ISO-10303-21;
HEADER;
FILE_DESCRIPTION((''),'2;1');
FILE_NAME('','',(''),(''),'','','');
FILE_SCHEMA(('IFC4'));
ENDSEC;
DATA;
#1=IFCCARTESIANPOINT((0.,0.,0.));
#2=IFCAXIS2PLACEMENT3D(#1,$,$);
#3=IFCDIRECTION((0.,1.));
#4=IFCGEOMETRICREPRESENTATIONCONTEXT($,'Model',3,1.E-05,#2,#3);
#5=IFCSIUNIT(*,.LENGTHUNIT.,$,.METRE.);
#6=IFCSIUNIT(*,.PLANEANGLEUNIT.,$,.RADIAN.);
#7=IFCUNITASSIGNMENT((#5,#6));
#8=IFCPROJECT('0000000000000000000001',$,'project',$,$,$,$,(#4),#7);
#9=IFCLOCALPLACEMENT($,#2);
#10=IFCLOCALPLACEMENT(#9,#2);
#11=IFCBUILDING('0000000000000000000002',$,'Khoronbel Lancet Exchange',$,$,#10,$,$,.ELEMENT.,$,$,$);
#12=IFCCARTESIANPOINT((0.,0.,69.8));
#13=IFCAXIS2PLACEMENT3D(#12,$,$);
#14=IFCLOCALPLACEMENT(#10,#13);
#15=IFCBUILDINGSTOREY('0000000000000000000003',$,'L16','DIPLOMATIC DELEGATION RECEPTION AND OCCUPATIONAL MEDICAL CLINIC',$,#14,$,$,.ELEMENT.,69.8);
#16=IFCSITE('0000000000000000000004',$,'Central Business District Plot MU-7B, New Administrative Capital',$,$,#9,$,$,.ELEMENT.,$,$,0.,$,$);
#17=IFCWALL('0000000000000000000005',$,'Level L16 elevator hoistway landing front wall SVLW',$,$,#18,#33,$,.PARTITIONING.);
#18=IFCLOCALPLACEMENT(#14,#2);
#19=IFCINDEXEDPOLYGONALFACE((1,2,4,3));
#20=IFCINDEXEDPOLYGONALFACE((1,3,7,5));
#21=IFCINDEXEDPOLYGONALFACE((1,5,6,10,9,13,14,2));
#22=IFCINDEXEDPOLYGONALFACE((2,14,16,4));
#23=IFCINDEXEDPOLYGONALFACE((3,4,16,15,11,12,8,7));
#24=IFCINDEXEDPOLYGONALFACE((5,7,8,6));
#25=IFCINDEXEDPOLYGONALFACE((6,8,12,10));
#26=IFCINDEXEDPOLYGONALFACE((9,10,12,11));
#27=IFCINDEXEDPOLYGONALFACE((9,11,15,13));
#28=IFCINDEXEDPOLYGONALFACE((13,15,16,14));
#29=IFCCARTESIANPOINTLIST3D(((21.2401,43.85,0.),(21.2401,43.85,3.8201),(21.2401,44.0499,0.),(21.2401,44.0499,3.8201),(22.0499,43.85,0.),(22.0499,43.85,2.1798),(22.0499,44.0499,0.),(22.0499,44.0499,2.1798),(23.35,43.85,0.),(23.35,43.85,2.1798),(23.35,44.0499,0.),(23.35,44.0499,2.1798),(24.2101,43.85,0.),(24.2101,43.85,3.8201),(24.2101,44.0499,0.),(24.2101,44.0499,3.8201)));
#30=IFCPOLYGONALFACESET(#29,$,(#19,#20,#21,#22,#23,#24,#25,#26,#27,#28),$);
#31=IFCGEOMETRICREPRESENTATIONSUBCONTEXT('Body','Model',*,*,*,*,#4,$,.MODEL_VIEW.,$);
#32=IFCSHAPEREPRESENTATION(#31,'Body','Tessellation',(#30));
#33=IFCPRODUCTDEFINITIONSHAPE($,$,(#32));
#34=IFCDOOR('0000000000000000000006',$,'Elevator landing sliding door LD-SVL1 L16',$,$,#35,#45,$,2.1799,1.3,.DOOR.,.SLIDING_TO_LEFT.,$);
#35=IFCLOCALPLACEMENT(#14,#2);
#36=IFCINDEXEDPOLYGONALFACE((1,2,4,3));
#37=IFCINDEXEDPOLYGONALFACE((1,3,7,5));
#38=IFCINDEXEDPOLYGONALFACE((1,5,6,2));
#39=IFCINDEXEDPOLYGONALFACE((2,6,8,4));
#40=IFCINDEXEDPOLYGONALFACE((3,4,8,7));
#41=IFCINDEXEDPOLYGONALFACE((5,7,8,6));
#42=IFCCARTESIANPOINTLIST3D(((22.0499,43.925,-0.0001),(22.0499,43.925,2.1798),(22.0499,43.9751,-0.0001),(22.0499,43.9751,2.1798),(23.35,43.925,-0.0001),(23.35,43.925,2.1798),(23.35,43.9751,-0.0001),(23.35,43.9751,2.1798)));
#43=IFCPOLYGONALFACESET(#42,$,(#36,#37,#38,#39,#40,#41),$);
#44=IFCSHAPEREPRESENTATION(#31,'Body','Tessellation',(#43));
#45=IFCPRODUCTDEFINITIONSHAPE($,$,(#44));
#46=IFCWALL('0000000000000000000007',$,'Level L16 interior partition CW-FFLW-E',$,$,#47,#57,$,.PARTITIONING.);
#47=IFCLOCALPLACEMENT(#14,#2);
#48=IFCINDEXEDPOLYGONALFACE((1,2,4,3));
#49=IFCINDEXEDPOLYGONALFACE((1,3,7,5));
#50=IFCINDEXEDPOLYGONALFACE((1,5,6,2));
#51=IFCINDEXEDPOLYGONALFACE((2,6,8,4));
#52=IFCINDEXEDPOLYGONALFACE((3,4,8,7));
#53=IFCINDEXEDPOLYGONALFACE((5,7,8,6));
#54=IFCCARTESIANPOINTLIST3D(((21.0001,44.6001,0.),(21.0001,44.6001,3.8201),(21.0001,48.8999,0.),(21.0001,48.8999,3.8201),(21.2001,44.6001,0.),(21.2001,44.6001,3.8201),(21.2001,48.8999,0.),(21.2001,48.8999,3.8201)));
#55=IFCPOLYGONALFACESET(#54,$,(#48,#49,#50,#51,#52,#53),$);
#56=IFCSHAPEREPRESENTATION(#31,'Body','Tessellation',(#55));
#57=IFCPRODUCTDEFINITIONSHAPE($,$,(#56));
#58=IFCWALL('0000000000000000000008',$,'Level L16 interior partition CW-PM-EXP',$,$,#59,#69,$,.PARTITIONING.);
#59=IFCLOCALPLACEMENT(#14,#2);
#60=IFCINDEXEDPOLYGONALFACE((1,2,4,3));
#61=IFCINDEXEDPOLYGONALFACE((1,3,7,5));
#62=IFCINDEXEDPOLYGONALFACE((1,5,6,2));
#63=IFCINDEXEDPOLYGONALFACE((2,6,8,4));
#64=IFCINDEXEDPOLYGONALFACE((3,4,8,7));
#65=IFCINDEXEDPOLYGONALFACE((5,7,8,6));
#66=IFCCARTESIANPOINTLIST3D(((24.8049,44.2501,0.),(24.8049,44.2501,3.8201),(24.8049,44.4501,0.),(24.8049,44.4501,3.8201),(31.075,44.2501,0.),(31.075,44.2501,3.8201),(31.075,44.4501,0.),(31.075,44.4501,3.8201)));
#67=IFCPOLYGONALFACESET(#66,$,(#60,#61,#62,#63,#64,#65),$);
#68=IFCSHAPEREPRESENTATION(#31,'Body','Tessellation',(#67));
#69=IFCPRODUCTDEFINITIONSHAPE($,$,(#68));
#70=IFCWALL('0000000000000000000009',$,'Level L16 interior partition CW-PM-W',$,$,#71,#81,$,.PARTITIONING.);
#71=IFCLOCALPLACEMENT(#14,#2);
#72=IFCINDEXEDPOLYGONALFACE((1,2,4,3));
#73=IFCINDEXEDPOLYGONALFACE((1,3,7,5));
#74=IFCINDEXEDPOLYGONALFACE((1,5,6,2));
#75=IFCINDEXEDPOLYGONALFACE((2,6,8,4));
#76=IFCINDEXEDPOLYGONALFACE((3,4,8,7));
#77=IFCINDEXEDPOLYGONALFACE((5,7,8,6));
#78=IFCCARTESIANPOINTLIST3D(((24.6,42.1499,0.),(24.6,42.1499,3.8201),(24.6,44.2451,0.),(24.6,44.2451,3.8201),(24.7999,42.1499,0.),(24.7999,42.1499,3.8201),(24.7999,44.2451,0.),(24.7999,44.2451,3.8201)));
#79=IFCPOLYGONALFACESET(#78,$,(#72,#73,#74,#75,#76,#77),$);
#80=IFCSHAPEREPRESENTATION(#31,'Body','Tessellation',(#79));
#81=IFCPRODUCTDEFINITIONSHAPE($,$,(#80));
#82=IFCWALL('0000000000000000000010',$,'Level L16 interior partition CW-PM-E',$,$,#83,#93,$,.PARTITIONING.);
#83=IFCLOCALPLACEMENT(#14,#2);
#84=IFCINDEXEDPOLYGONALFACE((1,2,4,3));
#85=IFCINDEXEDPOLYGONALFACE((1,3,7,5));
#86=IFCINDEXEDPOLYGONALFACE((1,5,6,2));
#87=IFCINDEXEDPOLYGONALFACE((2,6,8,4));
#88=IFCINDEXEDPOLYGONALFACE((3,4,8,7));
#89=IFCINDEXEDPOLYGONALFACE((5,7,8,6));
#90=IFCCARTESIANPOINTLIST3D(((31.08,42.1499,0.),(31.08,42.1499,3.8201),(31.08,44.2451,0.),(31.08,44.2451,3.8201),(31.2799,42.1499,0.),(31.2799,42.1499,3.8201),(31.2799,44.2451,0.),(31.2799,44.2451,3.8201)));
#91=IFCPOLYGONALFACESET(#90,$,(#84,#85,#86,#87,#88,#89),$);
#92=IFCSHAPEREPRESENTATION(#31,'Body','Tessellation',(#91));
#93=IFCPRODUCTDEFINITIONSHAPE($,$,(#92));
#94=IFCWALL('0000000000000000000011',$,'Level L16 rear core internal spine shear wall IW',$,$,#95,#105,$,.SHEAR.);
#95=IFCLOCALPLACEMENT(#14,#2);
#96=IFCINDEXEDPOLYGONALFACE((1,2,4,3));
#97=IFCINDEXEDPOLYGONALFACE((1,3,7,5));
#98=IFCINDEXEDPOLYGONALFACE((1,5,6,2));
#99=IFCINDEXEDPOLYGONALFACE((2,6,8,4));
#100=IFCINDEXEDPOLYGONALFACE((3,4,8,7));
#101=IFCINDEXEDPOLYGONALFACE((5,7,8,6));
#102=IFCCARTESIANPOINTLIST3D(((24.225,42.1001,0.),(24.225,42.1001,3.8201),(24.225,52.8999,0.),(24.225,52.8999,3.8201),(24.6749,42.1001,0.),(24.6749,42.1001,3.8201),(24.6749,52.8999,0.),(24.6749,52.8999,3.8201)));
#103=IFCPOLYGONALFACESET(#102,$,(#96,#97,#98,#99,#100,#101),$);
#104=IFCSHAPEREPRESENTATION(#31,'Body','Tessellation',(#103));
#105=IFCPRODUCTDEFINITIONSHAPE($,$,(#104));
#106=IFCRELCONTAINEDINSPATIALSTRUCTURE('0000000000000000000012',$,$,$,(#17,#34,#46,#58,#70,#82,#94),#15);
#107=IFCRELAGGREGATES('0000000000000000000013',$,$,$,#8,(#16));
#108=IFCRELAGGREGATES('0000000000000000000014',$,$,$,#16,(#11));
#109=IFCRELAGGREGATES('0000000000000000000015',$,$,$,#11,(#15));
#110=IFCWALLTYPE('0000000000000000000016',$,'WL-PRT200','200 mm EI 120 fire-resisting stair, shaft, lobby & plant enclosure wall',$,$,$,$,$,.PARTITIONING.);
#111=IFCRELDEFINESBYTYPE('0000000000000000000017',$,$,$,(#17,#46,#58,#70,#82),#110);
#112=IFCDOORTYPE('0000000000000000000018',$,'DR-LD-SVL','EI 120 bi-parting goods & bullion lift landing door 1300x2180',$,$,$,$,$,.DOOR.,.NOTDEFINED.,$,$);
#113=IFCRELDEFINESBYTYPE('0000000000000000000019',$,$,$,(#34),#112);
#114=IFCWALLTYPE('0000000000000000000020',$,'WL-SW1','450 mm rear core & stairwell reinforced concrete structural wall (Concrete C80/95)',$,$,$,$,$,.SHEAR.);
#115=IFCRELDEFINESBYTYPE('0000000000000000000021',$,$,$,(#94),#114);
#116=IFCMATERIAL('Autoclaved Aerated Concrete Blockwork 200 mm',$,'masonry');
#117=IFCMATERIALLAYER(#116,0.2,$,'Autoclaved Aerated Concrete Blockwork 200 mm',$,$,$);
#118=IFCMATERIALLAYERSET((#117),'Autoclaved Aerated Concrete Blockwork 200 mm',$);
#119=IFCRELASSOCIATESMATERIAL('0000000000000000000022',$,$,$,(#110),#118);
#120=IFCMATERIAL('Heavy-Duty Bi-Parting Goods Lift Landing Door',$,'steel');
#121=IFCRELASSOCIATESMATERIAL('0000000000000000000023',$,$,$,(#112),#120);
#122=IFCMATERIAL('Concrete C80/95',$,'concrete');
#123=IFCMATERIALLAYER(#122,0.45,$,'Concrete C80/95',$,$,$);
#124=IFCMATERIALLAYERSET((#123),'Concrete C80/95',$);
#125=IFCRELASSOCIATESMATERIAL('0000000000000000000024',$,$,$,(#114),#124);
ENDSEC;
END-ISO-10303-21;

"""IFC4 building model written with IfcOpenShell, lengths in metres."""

from ifc_helpers import new_model, si_unit, direction, frame, frame_2d, origin, place, context, subcontext, project, spatial, rectangle, extrude, material, layer, layer_set, type_object, element, fill, save


model = new_model("IFC4")

# Units and contexts
model_context = context("Model", 3, precision=1e-05, world=origin(), true_north=direction((0.0, 1.0)))
body_context = subcontext(model_context, "Body", "Model", "MODEL_VIEW")
ifc_project = project(units=[si_unit("LENGTHUNIT", "METRE"), si_unit("PLANEANGLEUNIT", "RADIAN")], contexts=[model_context])

# Site, building, storey
site_placement = place(None, origin())
site = spatial("IfcSite", under=ifc_project, at=site_placement, Name="Central Business District Plot MU-7B, New Administrative Capital", CompositionType="ELEMENT", RefElevation=0.0)
building_placement = place(site_placement, origin())
building = spatial("IfcBuilding", under=site, at=building_placement, Name="Khoronbel Lancet Exchange", CompositionType="ELEMENT")
storey_placement = place(building_placement, frame((0.0, 0.0, 69.8)))
storey = spatial("IfcBuildingStorey", under=building, at=storey_placement, Name="L16", Description="DIPLOMATIC DELEGATION RECEPTION AND OCCUPATIONAL MEDICAL CLINIC", CompositionType="ELEMENT", Elevation=69.8)

# Shared definitions
ifc_material_1 = material(Name="Concrete C80/95", Category="concrete")

# Wall, opening, door
ifc_material_2 = material(Name="Autoclaved Aerated Concrete Blockwork 200 mm", Category="masonry")
ifc_layer_1 = layer(ifc_material_2, 0.2, Name="Autoclaved Aerated Concrete Blockwork 200 mm")
ifc_layer_set_1 = layer_set([ifc_layer_1], Name="Autoclaved Aerated Concrete Blockwork 200 mm")
wall_type_1 = type_object("IfcWallType", Name="WL-PRT200", Description="200 mm EI 120 fire-resisting stair, shaft, lobby & plant enclosure wall", PredefinedType="PARTITIONING", material=ifc_layer_set_1)
wall_1_placement = place(storey_placement, frame((24.21, 43.95, 0.0), z_axis=(0.0, 0.0, 1.0), x_axis=(-1.0, 0.0, 0.0)))
wall_1 = element("IfcWall", 1, at=wall_1_placement, inside=storey, type_object=wall_type_1, Name="Level L16 elevator hoistway landing front wall SVLW", PredefinedType="PARTITIONING", context=body_context, shape_type="SweptSolid", body=[
    extrude(rectangle(XDim=2.97, YDim=0.2, at=frame_2d((1.4849, 0.0))), origin(), (0.0, 0.0, 1.0), 3.8201),
])
opening_1_placement = place(wall_1_placement, frame((0.8601, 0.0, 0.0)))
opening_1 = element("IfcOpeningElement", 2, at=opening_1_placement, cuts=wall_1, PredefinedType="OPENING", context=body_context, shape_type="SweptSolid", body=[
    extrude(rectangle(XDim=1.3, YDim=2.1799, at=frame_2d((0.6499, 1.0898))), frame((0.0, 0.1099, 0.0), z_axis=(0.0, -1.0, 0.0), x_axis=(1.0, 0.0, 0.0)), (0.0, 0.0, 1.0), 0.22),
])
ifc_material_3 = material(Name="Heavy-Duty Bi-Parting Goods Lift Landing Door", Category="steel")
door_type_1 = type_object("IfcDoorType", Name="DR-LD-SVL", Description="EI 120 bi-parting goods & bullion lift landing door 1300x2180", OperationType="NOTDEFINED", PredefinedType="DOOR", material=ifc_material_3)
door_1_placement = place(opening_1_placement, origin())
door_1 = element("IfcDoor", 3, at=door_1_placement, inside=storey, type_object=door_type_1, Name="Elevator landing sliding door LD-SVL1 L16", OperationType="SLIDING_TO_LEFT", OverallHeight=2.1799, OverallWidth=1.3, PredefinedType="DOOR", context=body_context, shape_type="SweptSolid", body=[
    extrude(rectangle(XDim=1.3, YDim=2.1799, at=frame_2d((0.6499, 1.0898))), frame((0.0, 0.0249, 0.0), z_axis=(0.0, -1.0, 0.0), x_axis=(1.0, 0.0, 0.0)), (0.0, 0.0, 1.0), 0.05),
])
fill(opening_1, door_1)

# Wall
wall_2_placement = place(storey_placement, frame((21.1001, 44.6001, 0.0), z_axis=(0.0, 0.0, 1.0), x_axis=(0.0, 1.0, 0.0)))
element("IfcWall", 4, at=wall_2_placement, inside=storey, type_object=wall_type_1, Name="Level L16 interior partition CW-FFLW-E", PredefinedType="PARTITIONING", context=body_context, shape_type="SweptSolid", body=[
    extrude(rectangle(XDim=4.2998, YDim=0.2, at=frame_2d((2.1499, 0.0))), origin(), (0.0, 0.0, 1.0), 3.8201),
])

# Walls
wall_3_placement = place(storey_placement, frame((24.8049, 44.3501, 0.0), z_axis=(0.0, 0.0, 1.0), x_axis=(1.0, 0.0, 0.0)))
element("IfcWall", 5, at=wall_3_placement, inside=storey, type_object=wall_type_1, Name="Level L16 interior partition CW-PM-EXP", PredefinedType="PARTITIONING", context=body_context, shape_type="SweptSolid", body=[
    extrude(rectangle(XDim=6.27, YDim=0.2, at=frame_2d((3.135, 0.0))), origin(), (0.0, 0.0, 1.0), 3.8201),
])
for number, where, z_axis, x_axis, name in (
    (6, (24.7, 42.1499, 0.0), (0.0, 0.0, 1.0), (0.0, 1.0, 0.0), "Level L16 interior partition CW-PM-W"),
    (7, (31.1799, 42.1499, 0.0), (0.0, 0.0, 1.0), (0.0, 1.0, 0.0), "Level L16 interior partition CW-PM-E"),
):
    element("IfcWall", number, at=place(storey_placement, frame(where, z_axis=z_axis, x_axis=x_axis)), inside=storey, type_object=wall_type_1, Name=name, PredefinedType="PARTITIONING", context=body_context, shape_type="SweptSolid", body=[
        extrude(rectangle(XDim=2.0952, YDim=0.2, at=frame_2d((1.0476, 0.0))), origin(), (0.0, 0.0, 1.0), 3.8201),
    ])
ifc_layer_2 = layer(ifc_material_1, 0.45, Name="Concrete C80/95")
ifc_layer_set_2 = layer_set([ifc_layer_2], Name="Concrete C80/95")
wall_type_2 = type_object("IfcWallType", Name="WL-SW1", Description="450 mm rear core & stairwell reinforced concrete structural wall (Concrete C80/95)", PredefinedType="SHEAR", material=ifc_layer_set_2)
wall_4_placement = place(storey_placement, frame((24.45, 42.1001, 0.0), z_axis=(0.0, 0.0, 1.0), x_axis=(0.0, 1.0, 0.0)))
element("IfcWall", 8, at=wall_4_placement, inside=storey, type_object=wall_type_2, Name="Level L16 rear core internal spine shear wall IW", PredefinedType="SHEAR", context=body_context, shape_type="SweptSolid", body=[
    extrude(rectangle(XDim=10.7998, YDim=0.45, at=frame_2d((5.3999, 0.0))), origin(), (0.0, 0.0, 1.0), 3.8201),
])

save(model, "model.ifc")
